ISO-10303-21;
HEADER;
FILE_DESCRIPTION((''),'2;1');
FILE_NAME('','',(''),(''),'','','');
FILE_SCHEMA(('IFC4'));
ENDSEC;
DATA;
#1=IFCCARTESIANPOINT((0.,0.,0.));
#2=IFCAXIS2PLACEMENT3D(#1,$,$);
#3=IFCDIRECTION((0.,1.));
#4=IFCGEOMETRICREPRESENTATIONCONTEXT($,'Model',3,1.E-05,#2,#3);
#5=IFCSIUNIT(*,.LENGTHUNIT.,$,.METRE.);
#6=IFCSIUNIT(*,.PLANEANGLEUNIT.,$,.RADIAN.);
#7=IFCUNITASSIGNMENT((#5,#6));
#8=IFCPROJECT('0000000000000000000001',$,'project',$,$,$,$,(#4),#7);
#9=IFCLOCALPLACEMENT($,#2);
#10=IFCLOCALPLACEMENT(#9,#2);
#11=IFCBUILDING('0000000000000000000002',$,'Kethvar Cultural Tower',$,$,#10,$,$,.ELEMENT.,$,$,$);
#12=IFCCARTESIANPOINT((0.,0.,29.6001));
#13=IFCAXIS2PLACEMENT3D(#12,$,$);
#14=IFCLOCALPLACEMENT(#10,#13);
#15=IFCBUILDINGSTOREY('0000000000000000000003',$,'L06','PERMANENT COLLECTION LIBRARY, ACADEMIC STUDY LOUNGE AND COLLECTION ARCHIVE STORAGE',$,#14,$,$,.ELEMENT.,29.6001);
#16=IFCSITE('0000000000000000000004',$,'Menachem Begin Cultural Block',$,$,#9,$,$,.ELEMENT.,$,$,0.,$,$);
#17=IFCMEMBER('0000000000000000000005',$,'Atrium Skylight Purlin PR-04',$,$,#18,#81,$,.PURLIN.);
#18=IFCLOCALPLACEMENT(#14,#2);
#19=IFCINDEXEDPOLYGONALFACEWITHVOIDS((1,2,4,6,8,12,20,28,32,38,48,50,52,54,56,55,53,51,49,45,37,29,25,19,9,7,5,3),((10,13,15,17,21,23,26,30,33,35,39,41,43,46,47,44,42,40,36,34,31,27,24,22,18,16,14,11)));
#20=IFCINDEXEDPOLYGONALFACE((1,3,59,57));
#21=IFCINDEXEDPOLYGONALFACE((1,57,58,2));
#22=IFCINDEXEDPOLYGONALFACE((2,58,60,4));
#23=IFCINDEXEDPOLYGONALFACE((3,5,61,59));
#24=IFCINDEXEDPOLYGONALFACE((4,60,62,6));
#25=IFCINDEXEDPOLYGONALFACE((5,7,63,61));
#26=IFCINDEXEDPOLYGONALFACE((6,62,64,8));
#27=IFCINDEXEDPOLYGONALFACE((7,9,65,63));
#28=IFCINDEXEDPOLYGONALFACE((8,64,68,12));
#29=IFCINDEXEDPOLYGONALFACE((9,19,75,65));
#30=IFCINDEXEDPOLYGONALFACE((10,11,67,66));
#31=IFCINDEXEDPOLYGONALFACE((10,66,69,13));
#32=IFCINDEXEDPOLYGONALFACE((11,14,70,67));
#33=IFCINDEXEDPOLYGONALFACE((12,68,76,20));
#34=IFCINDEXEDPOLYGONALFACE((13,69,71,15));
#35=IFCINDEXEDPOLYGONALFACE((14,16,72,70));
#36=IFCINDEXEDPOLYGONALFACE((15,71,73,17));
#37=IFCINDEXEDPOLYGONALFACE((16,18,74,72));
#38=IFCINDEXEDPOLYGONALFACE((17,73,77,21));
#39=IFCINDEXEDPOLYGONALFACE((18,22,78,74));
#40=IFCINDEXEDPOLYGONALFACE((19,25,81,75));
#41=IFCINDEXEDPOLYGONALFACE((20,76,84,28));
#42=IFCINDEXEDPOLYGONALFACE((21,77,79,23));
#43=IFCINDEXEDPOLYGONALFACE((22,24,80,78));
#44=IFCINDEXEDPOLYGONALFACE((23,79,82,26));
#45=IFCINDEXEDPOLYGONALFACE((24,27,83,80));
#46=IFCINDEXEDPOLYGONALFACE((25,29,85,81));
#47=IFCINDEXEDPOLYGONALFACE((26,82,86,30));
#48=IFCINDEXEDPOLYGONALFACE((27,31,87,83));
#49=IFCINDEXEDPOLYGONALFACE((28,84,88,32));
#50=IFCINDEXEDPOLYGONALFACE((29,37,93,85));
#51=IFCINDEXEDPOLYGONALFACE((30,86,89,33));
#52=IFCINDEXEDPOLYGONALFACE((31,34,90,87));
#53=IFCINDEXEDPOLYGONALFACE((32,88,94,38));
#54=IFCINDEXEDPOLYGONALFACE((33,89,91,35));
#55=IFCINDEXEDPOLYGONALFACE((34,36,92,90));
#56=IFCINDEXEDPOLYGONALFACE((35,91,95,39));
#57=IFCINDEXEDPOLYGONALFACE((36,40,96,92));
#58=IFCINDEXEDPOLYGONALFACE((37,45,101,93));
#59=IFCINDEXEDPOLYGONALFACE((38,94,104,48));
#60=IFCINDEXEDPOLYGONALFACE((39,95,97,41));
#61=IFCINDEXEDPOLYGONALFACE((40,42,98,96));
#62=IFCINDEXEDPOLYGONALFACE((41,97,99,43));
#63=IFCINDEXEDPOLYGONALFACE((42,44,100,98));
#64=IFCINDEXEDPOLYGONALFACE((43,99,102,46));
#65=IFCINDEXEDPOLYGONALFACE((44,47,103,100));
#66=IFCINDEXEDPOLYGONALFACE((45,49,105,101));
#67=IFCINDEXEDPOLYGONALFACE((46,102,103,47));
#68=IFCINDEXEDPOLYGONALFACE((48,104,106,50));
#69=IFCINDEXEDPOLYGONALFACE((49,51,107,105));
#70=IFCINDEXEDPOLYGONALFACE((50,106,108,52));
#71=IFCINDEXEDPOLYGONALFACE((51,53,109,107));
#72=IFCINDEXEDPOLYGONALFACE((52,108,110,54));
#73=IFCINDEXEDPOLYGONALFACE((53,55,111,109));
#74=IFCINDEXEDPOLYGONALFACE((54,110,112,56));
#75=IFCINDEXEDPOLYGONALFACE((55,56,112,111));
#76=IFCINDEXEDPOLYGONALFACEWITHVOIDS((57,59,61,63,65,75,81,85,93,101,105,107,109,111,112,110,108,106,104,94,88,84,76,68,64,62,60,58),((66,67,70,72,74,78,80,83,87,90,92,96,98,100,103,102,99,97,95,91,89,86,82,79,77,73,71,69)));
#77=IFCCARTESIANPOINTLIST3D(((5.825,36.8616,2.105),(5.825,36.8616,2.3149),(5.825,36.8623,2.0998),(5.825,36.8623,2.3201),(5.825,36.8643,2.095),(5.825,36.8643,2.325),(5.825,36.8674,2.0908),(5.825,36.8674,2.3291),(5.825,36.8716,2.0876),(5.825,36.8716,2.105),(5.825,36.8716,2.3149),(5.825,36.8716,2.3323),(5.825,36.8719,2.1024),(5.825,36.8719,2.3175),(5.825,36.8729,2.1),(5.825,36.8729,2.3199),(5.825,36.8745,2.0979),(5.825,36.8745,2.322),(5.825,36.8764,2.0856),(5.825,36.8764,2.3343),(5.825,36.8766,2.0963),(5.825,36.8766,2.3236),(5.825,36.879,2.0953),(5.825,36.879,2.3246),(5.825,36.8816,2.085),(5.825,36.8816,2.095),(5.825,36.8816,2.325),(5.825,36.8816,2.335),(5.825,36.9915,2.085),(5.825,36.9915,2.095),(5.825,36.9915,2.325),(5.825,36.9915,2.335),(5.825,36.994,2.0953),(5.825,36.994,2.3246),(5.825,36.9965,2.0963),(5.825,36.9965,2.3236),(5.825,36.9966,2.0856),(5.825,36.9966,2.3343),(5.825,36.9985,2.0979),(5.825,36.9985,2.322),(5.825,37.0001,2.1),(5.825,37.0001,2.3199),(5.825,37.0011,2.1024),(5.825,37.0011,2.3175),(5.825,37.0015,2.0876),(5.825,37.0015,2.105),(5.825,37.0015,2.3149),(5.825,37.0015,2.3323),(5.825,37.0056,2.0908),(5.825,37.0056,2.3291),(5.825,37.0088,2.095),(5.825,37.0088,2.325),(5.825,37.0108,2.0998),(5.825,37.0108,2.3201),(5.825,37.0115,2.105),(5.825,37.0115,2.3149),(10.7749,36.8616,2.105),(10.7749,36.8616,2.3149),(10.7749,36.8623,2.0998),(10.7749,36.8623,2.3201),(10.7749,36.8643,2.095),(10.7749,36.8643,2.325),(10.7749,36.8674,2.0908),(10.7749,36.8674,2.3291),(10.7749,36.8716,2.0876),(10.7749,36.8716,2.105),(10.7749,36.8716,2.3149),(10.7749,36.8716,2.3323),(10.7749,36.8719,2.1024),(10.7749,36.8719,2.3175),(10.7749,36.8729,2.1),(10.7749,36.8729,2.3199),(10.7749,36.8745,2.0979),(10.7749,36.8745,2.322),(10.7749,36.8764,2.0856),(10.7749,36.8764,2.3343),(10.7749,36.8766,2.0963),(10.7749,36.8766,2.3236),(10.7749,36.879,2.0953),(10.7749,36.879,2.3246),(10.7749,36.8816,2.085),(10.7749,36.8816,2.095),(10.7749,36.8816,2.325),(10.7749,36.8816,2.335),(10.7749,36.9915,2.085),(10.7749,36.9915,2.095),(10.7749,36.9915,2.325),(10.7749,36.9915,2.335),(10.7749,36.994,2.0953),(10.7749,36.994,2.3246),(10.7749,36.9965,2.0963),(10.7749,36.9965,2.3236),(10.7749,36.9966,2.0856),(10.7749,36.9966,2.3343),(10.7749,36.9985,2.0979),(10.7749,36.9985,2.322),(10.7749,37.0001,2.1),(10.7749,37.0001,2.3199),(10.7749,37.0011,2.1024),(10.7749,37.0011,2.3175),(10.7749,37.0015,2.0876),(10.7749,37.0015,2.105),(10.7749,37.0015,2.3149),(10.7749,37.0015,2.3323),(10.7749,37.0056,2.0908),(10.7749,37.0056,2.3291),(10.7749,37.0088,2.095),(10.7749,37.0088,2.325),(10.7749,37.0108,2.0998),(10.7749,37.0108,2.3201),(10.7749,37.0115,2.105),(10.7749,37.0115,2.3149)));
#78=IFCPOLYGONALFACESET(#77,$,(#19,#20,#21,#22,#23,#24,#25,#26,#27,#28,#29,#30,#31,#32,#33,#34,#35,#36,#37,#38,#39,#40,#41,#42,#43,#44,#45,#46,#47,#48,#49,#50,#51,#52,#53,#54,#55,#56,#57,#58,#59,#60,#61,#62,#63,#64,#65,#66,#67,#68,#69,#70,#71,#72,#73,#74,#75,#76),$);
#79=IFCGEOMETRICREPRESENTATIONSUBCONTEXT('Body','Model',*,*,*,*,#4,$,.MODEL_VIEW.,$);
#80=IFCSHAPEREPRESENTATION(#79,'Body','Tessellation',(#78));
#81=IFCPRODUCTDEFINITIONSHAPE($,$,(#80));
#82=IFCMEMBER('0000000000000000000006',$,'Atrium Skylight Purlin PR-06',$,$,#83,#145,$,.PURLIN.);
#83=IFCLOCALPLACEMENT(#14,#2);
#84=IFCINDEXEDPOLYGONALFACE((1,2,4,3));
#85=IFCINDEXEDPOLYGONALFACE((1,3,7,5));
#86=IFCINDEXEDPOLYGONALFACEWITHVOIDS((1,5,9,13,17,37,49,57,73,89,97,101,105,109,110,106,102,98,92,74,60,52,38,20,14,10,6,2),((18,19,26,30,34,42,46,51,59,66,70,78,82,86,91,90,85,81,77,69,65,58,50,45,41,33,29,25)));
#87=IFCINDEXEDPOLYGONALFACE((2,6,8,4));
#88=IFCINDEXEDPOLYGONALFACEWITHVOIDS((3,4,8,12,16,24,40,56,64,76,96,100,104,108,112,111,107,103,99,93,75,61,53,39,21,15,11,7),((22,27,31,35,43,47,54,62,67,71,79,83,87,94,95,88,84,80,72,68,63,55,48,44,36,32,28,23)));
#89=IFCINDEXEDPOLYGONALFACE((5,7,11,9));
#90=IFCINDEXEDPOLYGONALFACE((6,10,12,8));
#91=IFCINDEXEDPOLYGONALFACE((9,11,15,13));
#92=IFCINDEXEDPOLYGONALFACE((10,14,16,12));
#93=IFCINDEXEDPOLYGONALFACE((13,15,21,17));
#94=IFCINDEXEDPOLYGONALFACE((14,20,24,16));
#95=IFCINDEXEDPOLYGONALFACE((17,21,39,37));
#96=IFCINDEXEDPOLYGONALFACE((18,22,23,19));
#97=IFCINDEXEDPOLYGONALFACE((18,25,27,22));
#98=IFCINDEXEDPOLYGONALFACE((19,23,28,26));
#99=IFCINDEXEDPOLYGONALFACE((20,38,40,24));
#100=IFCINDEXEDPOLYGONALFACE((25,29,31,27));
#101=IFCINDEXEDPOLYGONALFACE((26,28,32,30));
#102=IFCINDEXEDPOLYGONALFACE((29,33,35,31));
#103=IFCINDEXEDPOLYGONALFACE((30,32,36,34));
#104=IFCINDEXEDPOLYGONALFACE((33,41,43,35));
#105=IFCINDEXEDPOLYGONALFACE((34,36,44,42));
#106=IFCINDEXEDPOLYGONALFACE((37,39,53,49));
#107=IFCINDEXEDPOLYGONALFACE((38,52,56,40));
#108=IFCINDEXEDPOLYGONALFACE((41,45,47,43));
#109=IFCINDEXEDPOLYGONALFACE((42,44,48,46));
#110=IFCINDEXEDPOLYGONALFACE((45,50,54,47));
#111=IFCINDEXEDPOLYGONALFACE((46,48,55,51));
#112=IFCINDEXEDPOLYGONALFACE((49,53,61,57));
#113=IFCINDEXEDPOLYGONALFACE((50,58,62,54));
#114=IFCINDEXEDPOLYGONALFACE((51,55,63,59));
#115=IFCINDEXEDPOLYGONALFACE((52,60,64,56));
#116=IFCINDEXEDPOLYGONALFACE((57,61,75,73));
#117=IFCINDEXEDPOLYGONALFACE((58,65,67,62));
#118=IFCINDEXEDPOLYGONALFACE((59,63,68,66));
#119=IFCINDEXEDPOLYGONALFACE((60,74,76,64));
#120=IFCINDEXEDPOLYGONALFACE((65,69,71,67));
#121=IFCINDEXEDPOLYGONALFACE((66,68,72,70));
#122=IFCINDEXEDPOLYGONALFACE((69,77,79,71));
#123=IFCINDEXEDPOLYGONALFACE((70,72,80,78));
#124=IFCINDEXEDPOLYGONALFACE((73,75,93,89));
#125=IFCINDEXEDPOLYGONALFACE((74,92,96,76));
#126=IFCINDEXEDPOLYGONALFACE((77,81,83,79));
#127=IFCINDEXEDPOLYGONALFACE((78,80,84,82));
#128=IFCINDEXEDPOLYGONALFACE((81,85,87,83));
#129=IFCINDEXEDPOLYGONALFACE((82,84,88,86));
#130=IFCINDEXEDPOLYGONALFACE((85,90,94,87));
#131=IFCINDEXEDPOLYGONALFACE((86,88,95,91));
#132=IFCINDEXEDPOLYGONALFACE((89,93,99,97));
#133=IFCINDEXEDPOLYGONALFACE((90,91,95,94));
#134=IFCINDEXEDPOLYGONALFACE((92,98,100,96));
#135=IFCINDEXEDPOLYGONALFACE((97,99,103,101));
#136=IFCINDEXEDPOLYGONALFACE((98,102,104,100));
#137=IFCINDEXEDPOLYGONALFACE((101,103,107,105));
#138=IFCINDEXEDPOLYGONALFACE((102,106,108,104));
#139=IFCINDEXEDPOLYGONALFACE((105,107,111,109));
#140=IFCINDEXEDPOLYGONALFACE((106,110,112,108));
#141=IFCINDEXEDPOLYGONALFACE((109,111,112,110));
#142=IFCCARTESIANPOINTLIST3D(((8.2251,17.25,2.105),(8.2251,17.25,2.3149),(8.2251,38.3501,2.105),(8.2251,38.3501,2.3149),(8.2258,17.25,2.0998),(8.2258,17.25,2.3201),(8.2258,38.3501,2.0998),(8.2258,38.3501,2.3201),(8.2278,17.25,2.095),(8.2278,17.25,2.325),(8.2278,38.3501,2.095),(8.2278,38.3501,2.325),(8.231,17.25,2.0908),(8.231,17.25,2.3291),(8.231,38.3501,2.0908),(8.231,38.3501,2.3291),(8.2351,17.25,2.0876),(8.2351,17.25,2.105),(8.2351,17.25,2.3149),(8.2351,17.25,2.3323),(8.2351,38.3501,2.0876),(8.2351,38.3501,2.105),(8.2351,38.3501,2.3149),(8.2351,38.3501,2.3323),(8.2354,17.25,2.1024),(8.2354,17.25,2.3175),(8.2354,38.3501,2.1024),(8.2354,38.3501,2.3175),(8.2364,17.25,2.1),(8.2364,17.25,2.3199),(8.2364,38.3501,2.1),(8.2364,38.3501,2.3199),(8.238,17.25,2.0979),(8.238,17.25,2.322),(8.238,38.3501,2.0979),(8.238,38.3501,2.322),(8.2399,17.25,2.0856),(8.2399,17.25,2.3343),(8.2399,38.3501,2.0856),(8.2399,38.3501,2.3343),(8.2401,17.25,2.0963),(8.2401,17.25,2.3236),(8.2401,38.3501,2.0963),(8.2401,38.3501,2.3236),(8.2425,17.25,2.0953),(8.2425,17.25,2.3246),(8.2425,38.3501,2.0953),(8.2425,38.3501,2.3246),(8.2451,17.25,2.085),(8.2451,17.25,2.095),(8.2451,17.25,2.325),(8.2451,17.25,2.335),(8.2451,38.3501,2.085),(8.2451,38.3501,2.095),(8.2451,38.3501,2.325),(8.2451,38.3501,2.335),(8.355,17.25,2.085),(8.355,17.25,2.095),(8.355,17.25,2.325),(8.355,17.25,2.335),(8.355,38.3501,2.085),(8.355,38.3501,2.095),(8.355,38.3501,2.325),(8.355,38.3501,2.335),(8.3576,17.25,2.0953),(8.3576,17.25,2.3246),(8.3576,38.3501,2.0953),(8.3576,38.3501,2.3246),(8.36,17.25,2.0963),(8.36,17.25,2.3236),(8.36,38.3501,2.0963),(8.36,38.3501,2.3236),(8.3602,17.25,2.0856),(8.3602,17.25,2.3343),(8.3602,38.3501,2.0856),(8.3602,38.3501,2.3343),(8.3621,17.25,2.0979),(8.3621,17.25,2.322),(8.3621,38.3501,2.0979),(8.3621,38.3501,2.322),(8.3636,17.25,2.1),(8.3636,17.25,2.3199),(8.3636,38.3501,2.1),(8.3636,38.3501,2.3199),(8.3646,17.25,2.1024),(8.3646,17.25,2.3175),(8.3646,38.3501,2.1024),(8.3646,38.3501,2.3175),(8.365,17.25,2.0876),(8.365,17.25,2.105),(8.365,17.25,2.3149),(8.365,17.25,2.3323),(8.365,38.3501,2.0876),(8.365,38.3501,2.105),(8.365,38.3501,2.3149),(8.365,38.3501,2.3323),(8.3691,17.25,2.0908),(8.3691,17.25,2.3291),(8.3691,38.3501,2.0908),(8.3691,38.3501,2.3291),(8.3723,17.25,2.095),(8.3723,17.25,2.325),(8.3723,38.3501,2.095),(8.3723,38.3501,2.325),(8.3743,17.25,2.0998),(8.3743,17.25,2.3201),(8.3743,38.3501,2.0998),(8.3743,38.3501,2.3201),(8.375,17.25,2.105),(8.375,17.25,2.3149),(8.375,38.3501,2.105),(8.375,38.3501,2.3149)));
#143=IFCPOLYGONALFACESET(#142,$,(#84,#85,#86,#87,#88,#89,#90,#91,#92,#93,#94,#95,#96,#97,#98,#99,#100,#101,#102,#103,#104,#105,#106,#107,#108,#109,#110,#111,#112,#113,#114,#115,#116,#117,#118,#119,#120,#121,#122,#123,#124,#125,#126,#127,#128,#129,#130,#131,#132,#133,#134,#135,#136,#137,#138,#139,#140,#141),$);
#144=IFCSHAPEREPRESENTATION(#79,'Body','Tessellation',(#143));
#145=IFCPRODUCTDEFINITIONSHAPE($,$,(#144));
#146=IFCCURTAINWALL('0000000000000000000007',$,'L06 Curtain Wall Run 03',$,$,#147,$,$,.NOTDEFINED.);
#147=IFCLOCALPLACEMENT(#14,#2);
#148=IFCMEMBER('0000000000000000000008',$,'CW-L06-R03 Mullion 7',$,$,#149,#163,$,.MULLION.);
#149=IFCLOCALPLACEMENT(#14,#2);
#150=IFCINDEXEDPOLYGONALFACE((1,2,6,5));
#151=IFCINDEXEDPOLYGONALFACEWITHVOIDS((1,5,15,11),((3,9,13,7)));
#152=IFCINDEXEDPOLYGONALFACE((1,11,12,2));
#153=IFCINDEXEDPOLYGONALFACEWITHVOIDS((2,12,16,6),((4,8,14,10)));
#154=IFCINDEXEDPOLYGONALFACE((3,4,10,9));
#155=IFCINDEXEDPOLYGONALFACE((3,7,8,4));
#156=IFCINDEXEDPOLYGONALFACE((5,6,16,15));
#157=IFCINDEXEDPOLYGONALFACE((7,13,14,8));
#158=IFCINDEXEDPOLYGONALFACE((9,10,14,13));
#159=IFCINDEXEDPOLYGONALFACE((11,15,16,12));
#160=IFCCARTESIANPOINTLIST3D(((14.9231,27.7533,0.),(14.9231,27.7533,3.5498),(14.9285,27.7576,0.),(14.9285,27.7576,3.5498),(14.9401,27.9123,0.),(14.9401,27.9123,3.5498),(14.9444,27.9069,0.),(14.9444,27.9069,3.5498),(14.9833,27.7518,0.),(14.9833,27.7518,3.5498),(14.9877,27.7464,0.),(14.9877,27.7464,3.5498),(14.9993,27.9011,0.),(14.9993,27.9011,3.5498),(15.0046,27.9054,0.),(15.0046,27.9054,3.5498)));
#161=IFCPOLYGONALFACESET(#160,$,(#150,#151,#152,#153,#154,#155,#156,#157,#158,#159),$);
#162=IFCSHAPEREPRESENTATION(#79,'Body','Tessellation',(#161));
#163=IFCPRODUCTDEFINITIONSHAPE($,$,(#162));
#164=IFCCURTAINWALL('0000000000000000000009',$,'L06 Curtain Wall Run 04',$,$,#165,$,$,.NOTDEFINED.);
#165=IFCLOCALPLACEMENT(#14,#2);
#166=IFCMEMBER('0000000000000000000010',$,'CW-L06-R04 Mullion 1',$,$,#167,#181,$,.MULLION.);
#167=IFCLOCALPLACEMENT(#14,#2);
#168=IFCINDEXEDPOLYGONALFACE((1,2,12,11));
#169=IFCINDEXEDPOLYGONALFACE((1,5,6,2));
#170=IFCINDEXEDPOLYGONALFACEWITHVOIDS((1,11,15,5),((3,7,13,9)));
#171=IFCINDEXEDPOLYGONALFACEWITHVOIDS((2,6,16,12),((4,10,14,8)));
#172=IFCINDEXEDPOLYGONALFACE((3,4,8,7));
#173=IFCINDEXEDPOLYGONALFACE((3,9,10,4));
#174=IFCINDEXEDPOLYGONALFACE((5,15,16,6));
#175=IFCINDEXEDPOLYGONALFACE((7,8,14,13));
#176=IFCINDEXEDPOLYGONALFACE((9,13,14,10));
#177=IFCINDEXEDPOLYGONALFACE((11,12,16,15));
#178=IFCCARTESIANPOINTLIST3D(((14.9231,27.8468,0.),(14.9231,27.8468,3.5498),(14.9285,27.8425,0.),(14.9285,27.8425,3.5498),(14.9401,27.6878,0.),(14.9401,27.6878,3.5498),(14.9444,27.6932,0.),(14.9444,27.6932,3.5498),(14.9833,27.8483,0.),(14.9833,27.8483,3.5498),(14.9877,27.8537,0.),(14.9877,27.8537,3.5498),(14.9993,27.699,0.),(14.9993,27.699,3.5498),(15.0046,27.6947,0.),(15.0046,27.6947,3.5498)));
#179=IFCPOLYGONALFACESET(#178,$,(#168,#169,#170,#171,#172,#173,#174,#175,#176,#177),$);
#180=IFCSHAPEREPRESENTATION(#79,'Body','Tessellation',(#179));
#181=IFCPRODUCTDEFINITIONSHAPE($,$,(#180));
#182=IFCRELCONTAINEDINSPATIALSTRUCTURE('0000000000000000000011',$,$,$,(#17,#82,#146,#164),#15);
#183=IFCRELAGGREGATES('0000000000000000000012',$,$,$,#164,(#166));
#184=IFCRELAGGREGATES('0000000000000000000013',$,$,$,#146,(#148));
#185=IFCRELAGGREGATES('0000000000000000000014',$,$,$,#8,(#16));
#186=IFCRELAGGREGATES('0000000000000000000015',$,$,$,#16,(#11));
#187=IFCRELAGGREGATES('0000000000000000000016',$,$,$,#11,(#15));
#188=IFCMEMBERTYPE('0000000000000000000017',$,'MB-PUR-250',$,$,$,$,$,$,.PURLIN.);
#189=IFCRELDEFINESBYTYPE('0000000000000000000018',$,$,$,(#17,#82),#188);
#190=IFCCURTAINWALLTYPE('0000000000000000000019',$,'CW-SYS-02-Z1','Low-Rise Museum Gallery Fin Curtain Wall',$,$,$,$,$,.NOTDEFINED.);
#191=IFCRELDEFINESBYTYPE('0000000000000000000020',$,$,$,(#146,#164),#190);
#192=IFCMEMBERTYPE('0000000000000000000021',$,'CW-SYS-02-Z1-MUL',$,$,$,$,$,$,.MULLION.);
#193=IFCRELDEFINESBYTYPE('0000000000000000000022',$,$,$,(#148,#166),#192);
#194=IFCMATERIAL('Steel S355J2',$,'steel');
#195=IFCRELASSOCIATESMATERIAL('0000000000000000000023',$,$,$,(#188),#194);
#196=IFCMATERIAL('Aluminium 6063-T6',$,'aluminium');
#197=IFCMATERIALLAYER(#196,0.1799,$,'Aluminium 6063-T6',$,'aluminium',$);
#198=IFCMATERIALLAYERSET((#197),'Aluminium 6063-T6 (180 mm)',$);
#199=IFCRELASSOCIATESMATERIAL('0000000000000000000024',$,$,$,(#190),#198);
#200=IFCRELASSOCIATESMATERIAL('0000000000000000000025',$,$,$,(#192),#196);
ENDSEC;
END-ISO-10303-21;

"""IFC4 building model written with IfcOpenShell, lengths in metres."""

from ifc_helpers import new_model, si_unit, direction, frame, origin, origin_2d, place, context, subcontext, project, spatial, hollow_rectangle, extrude, source, transform, mapped, material, layer, layer_set, material_profile, profile_set, type_object, element, aggregate, save


model = new_model("IFC4")

# Units and contexts
model_context = context("Model", 3, precision=1e-05, world=origin(), true_north=direction((0.0, 1.0)))
body_context = subcontext(model_context, "Body", "Model", "MODEL_VIEW")
ifc_project = project(units=[si_unit("LENGTHUNIT", "METRE"), si_unit("PLANEANGLEUNIT", "RADIAN")], contexts=[model_context])

# Site, building, storey
site_placement = place(None, origin())
site = spatial("IfcSite", under=ifc_project, at=site_placement, Name="Menachem Begin Cultural Block", CompositionType="ELEMENT", RefElevation=0.0)
building_placement = place(site_placement, origin())
building = spatial("IfcBuilding", under=site, at=building_placement, Name="Kethvar Cultural Tower", CompositionType="ELEMENT")
storey_placement = place(building_placement, frame((0.0, 0.0, 29.6001)))
storey = spatial("IfcBuildingStorey", under=building, at=storey_placement, Name="L06", Description="PERMANENT COLLECTION LIBRARY, ACADEMIC STUDY LOUNGE AND COLLECTION ARCHIVE STORAGE", CompositionType="ELEMENT", Elevation=29.6001)

# Members
ifc_material_1 = material(Name="Steel S355J2", Category="steel")
ifc_material_profile_1 = material_profile(ifc_material_1, hollow_rectangle(XDim=0.1499, YDim=0.25, WallThickness=0.01, InnerFilletRadius=0.01, OuterFilletRadius=0.02, at=origin_2d()), Name="Steel S355J2 — RHS250x150x10")
ifc_profile_set_1 = profile_set([ifc_material_profile_1], Name="Steel S355J2 — RHS250x150x10")
member_type_1 = type_object("IfcMemberType", Name="MB-PUR-250", PredefinedType="PURLIN", material=ifc_profile_set_1)
shared_shape_1 = source(origin(), body_context, "Body", "SweptSolid", [
    extrude(hollow_rectangle(XDim=0.1499, YDim=0.25, WallThickness=0.01, InnerFilletRadius=0.01, OuterFilletRadius=0.02, at=origin_2d()), origin(), (0.0, 0.0, 1.0), 4.95),
])
member_1_placement = place(storey_placement, frame((5.825, 36.9365, 2.21), z_axis=(1.0, 0.0, 0.0), x_axis=(0.0, 1.0, 0.0)))
element("IfcMember", 1, at=member_1_placement, inside=storey, type_object=member_type_1, Name="Atrium Skylight Purlin PR-04", PredefinedType="PURLIN", context=body_context, shape_type="MappedRepresentation", body=[
    mapped(shared_shape_1, transform((0.0, 0.0, 0.0), scale=1.0)),
])
shared_shape_2 = source(origin(), body_context, "Body", "SweptSolid", [
    extrude(hollow_rectangle(XDim=0.1499, YDim=0.25, WallThickness=0.01, InnerFilletRadius=0.01, OuterFilletRadius=0.02, at=origin_2d()), origin(), (0.0, 0.0, 1.0), 21.1001),
])
member_2_placement = place(storey_placement, frame((8.3, 38.3501, 2.21), z_axis=(0.0, -1.0, 0.0), x_axis=(1.0, 0.0, 0.0)))
element("IfcMember", 2, at=member_2_placement, inside=storey, type_object=member_type_1, Name="Atrium Skylight Purlin PR-06", PredefinedType="PURLIN", context=body_context, shape_type="MappedRepresentation", body=[
    mapped(shared_shape_2, transform((0.0, 0.0, 0.0), scale=1.0)),
])

# Curtain wall, member
ifc_material_2 = material(Name="Aluminium 6063-T6", Category="aluminium")
ifc_layer_1 = layer(ifc_material_2, 0.1799, Name="Aluminium 6063-T6", Category="aluminium")
ifc_layer_set_1 = layer_set([ifc_layer_1], Name="Aluminium 6063-T6 (180 mm)")
curtain_wall_type = type_object("IfcCurtainWallType", Name="CW-SYS-02-Z1", Description="Low-Rise Museum Gallery Fin Curtain Wall", PredefinedType="NOTDEFINED", material=ifc_layer_set_1)
curtain_wall_1_placement = place(storey_placement, origin())
curtain_wall_1 = element("IfcCurtainWall", 3, at=curtain_wall_1_placement, inside=storey, type_object=curtain_wall_type, Name="L06 Curtain Wall Run 03", PredefinedType="NOTDEFINED")
ifc_material_profile_2 = material_profile(ifc_material_2, hollow_rectangle(XDim=0.0649, YDim=0.1599, WallThickness=0.0049, at=origin_2d()), Name="Aluminium 6063-T6 — RHS160x65x5")
ifc_profile_set_2 = profile_set([ifc_material_profile_2], Name="Aluminium 6063-T6 — RHS160x65x5")
member_type_2 = type_object("IfcMemberType", Name="CW-SYS-02-Z1-MUL", PredefinedType="MULLION", material=ifc_profile_set_2)
shared_shape_3 = source(origin(), body_context, "Body", "SweptSolid", [
    extrude(hollow_rectangle(XDim=0.0649, YDim=0.1599, WallThickness=0.0049, at=origin_2d()), origin(), (0.0, 0.0, 1.0), 3.5498),
])
member_3_placement = place(storey_placement, frame((14.9639, 27.8293, 0.0), z_axis=(0.0, 0.0, 1.0), x_axis=(0.994355, -0.106108, 0.0)))
member_3 = element("IfcMember", 4, at=member_3_placement, type_object=member_type_2, Name="CW-L06-R03 Mullion 7", PredefinedType="MULLION", context=body_context, shape_type="MappedRepresentation", body=[
    mapped(shared_shape_3, transform((0.0, 0.0, 0.0), scale=1.0)),
])

# Curtain wall, member
curtain_wall_2_placement = place(storey_placement, origin())
curtain_wall_2 = element("IfcCurtainWall", 5, at=curtain_wall_2_placement, inside=storey, type_object=curtain_wall_type, Name="L06 Curtain Wall Run 04", PredefinedType="NOTDEFINED")
member_4_placement = place(storey_placement, frame((14.9639, 27.7708, 0.0), z_axis=(0.0, 0.0, 1.0), x_axis=(0.994355, 0.106108, 0.0)))
member_4 = element("IfcMember", 6, at=member_4_placement, type_object=member_type_2, Name="CW-L06-R04 Mullion 1", PredefinedType="MULLION", context=body_context, shape_type="MappedRepresentation", body=[
    mapped(shared_shape_3, transform((0.0, 0.0, 0.0), scale=1.0)),
])
aggregate(curtain_wall_2, [member_4])

aggregate(curtain_wall_1, [member_3])

save(model, "model.ifc")
